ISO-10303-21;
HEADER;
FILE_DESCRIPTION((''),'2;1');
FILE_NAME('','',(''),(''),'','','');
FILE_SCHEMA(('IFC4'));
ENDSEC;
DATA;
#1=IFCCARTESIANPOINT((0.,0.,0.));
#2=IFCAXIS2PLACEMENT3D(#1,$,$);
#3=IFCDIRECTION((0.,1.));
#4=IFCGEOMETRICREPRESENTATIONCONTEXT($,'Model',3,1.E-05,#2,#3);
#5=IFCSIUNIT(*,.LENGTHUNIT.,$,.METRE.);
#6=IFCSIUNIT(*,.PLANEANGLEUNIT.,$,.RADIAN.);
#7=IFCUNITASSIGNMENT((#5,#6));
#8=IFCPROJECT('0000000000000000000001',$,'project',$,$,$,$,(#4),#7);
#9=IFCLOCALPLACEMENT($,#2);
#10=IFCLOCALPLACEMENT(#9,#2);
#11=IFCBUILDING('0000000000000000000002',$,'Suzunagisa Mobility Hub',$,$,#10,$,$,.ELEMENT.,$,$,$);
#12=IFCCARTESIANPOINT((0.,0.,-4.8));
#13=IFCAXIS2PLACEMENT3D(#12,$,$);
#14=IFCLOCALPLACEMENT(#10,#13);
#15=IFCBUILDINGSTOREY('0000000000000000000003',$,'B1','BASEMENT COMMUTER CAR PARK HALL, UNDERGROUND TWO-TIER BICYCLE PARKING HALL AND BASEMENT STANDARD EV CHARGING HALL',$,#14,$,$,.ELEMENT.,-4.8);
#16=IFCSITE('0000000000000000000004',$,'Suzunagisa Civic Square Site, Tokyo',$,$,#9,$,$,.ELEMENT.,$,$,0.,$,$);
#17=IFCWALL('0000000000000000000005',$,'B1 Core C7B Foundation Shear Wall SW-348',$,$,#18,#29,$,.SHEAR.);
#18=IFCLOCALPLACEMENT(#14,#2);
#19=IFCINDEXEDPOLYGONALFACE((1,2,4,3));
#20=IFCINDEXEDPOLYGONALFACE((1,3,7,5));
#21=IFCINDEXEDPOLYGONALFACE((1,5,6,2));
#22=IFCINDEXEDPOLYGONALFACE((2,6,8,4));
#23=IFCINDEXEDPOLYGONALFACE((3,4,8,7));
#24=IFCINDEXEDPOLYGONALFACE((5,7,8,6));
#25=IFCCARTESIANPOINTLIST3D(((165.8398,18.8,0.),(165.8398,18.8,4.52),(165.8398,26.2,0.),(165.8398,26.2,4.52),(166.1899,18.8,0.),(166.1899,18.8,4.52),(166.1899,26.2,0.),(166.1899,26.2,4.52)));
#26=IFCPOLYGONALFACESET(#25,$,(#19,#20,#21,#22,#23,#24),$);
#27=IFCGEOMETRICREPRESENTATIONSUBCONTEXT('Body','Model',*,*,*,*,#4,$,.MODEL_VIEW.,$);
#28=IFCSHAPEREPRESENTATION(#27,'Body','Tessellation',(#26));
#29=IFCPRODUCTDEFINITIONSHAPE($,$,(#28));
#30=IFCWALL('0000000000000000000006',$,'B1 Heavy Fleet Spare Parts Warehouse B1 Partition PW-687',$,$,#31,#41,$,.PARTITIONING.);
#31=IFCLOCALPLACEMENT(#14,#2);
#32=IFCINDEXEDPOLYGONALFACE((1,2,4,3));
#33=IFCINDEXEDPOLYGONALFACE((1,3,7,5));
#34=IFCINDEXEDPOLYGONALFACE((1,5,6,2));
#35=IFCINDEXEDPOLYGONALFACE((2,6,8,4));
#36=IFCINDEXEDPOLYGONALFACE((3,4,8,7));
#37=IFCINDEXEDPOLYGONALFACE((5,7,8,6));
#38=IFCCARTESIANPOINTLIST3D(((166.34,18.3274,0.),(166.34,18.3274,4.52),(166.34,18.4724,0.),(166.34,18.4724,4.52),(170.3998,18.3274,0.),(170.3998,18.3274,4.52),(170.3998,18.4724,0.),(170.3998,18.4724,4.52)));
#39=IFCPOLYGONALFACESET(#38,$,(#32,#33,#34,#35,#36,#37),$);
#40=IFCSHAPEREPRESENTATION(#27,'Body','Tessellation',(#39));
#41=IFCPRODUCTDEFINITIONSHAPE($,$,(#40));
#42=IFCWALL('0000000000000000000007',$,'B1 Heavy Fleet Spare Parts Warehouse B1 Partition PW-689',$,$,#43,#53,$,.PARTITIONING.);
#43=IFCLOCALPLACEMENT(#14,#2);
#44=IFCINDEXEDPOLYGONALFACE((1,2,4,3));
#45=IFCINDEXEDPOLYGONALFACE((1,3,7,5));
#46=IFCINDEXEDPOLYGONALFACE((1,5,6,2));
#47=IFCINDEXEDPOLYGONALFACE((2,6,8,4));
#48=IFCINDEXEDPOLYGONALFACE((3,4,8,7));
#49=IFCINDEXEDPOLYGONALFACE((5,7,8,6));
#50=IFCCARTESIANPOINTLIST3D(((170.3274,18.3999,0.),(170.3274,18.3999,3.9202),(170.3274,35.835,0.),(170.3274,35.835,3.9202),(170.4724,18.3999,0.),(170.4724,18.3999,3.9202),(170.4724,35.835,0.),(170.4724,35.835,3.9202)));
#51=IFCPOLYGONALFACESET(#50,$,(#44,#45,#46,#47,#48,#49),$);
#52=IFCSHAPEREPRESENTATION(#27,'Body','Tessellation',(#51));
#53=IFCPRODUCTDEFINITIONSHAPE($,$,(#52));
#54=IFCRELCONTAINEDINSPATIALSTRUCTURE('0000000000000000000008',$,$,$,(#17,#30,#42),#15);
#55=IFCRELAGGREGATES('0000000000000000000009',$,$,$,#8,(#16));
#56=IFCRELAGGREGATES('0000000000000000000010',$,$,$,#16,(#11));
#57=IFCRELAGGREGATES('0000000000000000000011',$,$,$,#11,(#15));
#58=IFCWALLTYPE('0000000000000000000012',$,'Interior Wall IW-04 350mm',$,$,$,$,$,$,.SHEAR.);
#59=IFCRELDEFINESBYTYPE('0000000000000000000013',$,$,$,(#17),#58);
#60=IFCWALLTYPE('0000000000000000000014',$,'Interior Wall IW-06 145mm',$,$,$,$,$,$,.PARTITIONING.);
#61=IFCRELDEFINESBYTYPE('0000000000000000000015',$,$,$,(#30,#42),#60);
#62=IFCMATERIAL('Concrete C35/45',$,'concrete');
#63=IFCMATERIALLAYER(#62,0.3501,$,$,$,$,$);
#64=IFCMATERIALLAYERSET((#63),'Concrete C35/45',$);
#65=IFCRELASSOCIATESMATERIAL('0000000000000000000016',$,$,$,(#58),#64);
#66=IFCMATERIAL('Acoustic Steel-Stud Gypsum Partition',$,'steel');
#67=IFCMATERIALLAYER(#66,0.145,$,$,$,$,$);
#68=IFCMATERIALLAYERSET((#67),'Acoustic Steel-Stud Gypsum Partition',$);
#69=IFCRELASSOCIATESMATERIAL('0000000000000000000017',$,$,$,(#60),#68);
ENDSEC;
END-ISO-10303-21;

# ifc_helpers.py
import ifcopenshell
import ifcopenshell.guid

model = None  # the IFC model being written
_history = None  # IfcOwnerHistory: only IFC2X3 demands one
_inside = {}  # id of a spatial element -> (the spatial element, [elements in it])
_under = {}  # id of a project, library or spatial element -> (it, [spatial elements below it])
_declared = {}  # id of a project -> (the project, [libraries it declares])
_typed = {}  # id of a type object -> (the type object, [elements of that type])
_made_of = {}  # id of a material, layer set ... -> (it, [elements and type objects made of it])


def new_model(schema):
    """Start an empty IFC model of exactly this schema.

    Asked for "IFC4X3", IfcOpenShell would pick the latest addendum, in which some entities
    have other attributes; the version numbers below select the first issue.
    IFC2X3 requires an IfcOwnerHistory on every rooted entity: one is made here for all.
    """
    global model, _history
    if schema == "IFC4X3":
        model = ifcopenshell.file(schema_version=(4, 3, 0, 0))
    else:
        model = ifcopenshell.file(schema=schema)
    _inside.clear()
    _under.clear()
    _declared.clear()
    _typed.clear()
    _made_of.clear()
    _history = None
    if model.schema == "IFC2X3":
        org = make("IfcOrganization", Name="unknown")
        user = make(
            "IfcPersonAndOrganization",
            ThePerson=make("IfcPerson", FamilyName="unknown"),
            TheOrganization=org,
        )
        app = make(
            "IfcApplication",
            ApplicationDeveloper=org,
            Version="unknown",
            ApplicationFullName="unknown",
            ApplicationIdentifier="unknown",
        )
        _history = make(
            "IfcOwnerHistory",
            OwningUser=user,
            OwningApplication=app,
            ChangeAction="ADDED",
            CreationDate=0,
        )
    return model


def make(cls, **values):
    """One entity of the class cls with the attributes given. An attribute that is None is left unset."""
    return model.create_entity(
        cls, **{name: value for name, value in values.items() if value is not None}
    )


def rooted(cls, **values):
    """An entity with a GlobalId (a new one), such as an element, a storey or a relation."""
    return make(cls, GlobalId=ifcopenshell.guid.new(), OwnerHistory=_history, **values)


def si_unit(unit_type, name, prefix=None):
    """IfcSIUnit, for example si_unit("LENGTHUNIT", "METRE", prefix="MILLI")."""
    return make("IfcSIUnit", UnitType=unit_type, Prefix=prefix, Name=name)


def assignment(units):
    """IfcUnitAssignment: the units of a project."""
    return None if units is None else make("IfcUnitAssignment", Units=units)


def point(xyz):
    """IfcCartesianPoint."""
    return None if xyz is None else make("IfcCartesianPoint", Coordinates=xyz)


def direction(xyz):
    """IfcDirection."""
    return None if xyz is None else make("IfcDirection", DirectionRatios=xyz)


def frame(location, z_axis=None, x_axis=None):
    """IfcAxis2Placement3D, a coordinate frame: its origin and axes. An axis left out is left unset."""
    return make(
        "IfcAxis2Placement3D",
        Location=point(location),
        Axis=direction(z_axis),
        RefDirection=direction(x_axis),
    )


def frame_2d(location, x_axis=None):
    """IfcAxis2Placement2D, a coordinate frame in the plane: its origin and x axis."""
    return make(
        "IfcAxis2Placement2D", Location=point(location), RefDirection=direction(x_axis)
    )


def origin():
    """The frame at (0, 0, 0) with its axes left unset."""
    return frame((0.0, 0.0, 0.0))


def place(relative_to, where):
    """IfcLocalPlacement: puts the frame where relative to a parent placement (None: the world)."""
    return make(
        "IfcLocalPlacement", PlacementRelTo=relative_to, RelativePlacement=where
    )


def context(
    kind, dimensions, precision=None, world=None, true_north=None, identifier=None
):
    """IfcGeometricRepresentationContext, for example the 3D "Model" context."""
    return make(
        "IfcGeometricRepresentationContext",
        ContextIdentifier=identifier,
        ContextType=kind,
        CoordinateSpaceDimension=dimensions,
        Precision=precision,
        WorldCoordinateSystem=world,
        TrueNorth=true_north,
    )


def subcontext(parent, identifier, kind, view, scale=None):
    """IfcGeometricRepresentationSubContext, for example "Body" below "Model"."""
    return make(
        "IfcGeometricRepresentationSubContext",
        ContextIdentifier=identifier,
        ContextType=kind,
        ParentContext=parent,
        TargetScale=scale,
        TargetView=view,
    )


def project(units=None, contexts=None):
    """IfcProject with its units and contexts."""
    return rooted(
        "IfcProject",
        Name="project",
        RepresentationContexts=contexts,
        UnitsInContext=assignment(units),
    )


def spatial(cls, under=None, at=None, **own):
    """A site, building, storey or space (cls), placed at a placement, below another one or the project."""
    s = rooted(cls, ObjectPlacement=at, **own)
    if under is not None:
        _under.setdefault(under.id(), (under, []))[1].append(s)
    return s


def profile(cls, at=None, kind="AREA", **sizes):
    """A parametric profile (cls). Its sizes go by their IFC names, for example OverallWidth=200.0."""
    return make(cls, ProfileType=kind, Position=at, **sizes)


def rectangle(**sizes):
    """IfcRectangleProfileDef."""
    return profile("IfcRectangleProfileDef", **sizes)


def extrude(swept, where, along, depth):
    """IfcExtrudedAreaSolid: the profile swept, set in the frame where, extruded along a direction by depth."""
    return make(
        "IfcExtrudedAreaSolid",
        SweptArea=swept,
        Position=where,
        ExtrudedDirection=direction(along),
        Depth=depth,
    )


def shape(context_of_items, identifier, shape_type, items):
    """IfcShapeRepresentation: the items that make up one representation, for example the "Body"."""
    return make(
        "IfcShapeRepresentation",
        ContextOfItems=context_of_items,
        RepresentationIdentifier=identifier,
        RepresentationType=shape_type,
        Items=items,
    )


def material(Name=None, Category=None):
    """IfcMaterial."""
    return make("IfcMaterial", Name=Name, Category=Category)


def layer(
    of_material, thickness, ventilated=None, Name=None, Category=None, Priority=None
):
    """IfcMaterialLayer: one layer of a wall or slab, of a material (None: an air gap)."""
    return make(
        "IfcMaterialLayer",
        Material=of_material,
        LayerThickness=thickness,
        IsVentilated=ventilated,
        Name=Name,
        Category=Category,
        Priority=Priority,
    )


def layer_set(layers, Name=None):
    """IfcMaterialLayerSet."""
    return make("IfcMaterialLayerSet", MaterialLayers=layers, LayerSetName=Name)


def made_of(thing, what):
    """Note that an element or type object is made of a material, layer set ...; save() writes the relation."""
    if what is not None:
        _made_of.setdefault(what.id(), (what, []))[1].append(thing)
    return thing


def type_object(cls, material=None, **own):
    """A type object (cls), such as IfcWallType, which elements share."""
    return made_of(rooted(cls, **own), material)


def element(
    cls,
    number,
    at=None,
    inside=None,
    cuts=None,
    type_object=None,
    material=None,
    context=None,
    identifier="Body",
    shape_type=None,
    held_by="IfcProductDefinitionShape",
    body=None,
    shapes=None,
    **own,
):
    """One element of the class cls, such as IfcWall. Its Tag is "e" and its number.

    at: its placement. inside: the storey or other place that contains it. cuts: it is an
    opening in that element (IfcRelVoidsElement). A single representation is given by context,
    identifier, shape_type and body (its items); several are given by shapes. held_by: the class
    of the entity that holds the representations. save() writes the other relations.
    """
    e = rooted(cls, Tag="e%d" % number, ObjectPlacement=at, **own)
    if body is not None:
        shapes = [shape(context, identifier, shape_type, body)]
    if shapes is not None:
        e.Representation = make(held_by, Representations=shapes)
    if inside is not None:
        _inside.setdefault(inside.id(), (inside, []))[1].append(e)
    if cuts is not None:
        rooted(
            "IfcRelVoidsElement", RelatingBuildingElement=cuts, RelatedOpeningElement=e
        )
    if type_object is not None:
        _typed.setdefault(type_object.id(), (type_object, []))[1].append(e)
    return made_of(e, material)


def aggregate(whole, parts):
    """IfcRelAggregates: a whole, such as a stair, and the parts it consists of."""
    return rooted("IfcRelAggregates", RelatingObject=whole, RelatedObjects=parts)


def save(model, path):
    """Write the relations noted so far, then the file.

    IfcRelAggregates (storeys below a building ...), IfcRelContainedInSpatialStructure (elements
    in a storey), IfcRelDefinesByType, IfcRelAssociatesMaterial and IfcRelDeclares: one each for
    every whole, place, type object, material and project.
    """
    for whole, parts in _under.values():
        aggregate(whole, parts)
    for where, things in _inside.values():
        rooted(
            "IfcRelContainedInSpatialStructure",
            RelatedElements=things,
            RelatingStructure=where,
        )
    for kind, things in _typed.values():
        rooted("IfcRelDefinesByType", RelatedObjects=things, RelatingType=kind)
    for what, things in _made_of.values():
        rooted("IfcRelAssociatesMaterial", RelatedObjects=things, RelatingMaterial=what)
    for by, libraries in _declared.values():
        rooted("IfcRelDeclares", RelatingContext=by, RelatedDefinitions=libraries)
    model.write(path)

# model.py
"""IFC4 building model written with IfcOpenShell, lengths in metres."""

from ifc_helpers import new_model, si_unit, direction, frame, frame_2d, origin, place, context, subcontext, project, spatial, rectangle, extrude, material, layer, layer_set, type_object, element, save


model = new_model("IFC4")

# Units and contexts
model_context = context("Model", 3, precision=1e-05, world=origin(), true_north=direction((0.0, 1.0)))
body_context = subcontext(model_context, "Body", "Model", "MODEL_VIEW")
ifc_project = project(units=[si_unit("LENGTHUNIT", "METRE"), si_unit("PLANEANGLEUNIT", "RADIAN")], contexts=[model_context])

# Site, building, storey
site_placement = place(None, origin())
site = spatial("IfcSite", under=ifc_project, at=site_placement, Name="Suzunagisa Civic Square Site, Tokyo", CompositionType="ELEMENT", RefElevation=0.0)
building_placement = place(site_placement, origin())
building = spatial("IfcBuilding", under=site, at=building_placement, Name="Suzunagisa Mobility Hub", CompositionType="ELEMENT")
storey_placement = place(building_placement, frame((0.0, 0.0, -4.8)))
storey = spatial("IfcBuildingStorey", under=building, at=storey_placement, Name="B1", Description="BASEMENT COMMUTER CAR PARK HALL, UNDERGROUND TWO-TIER BICYCLE PARKING HALL AND BASEMENT STANDARD EV CHARGING HALL", CompositionType="ELEMENT", Elevation=-4.8)

# Walls
ifc_material_1 = material(Name="Concrete C35/45", Category="concrete")
ifc_layer_1 = layer(ifc_material_1, 0.3501)
ifc_layer_set_1 = layer_set([ifc_layer_1], Name="Concrete C35/45")
wall_type_1 = type_object("IfcWallType", Name="Interior Wall IW-04 350mm", PredefinedType="SHEAR", material=ifc_layer_set_1)
wall_1_placement = place(storey_placement, frame((166.0149, 18.8, 0.0), z_axis=(0.0, 0.0, 1.0), x_axis=(0.0, 1.0, 0.0)))
element("IfcWall", 1, at=wall_1_placement, inside=storey, type_object=wall_type_1, Name="B1 Core C7B Foundation Shear Wall SW-348", PredefinedType="SHEAR", context=body_context, shape_type="SweptSolid", body=[
    extrude(rectangle(XDim=7.3999, YDim=0.3501, at=frame_2d((3.7, 0.0))), origin(), (0.0, 0.0, 1.0), 4.52),
])
ifc_material_2 = material(Name="Acoustic Steel-Stud Gypsum Partition", Category="steel")
ifc_layer_2 = layer(ifc_material_2, 0.145)
ifc_layer_set_2 = layer_set([ifc_layer_2], Name="Acoustic Steel-Stud Gypsum Partition")
wall_type_2 = type_object("IfcWallType", Name="Interior Wall IW-06 145mm", PredefinedType="PARTITIONING", material=ifc_layer_set_2)
wall_2_placement = place(storey_placement, frame((166.3401, 18.3999, 0.0), z_axis=(0.0, 0.0, 1.0), x_axis=(1.0, 0.0, 0.0)))
element("IfcWall", 2, at=wall_2_placement, inside=storey, type_object=wall_type_2, Name="B1 Heavy Fleet Spare Parts Warehouse B1 Partition PW-687", PredefinedType="PARTITIONING", context=body_context, shape_type="SweptSolid", body=[
    extrude(rectangle(XDim=4.0598, YDim=0.145, at=frame_2d((2.0298, 0.0))), origin(), (0.0, 0.0, 1.0), 4.52),
])
wall_3_placement = place(storey_placement, frame((170.3999, 18.3999, 0.0), z_axis=(0.0, 0.0, 1.0), x_axis=(0.0, 1.0, 0.0)))
element("IfcWall", 3, at=wall_3_placement, inside=storey, type_object=wall_type_2, Name="B1 Heavy Fleet Spare Parts Warehouse B1 Partition PW-689", PredefinedType="PARTITIONING", context=body_context, shape_type="SweptSolid", body=[
    extrude(rectangle(XDim=17.4351, YDim=0.145, at=frame_2d((8.7175, 0.0))), origin(), (0.0, 0.0, 1.0), 3.9202),
])

save(model, "model.ifc")
